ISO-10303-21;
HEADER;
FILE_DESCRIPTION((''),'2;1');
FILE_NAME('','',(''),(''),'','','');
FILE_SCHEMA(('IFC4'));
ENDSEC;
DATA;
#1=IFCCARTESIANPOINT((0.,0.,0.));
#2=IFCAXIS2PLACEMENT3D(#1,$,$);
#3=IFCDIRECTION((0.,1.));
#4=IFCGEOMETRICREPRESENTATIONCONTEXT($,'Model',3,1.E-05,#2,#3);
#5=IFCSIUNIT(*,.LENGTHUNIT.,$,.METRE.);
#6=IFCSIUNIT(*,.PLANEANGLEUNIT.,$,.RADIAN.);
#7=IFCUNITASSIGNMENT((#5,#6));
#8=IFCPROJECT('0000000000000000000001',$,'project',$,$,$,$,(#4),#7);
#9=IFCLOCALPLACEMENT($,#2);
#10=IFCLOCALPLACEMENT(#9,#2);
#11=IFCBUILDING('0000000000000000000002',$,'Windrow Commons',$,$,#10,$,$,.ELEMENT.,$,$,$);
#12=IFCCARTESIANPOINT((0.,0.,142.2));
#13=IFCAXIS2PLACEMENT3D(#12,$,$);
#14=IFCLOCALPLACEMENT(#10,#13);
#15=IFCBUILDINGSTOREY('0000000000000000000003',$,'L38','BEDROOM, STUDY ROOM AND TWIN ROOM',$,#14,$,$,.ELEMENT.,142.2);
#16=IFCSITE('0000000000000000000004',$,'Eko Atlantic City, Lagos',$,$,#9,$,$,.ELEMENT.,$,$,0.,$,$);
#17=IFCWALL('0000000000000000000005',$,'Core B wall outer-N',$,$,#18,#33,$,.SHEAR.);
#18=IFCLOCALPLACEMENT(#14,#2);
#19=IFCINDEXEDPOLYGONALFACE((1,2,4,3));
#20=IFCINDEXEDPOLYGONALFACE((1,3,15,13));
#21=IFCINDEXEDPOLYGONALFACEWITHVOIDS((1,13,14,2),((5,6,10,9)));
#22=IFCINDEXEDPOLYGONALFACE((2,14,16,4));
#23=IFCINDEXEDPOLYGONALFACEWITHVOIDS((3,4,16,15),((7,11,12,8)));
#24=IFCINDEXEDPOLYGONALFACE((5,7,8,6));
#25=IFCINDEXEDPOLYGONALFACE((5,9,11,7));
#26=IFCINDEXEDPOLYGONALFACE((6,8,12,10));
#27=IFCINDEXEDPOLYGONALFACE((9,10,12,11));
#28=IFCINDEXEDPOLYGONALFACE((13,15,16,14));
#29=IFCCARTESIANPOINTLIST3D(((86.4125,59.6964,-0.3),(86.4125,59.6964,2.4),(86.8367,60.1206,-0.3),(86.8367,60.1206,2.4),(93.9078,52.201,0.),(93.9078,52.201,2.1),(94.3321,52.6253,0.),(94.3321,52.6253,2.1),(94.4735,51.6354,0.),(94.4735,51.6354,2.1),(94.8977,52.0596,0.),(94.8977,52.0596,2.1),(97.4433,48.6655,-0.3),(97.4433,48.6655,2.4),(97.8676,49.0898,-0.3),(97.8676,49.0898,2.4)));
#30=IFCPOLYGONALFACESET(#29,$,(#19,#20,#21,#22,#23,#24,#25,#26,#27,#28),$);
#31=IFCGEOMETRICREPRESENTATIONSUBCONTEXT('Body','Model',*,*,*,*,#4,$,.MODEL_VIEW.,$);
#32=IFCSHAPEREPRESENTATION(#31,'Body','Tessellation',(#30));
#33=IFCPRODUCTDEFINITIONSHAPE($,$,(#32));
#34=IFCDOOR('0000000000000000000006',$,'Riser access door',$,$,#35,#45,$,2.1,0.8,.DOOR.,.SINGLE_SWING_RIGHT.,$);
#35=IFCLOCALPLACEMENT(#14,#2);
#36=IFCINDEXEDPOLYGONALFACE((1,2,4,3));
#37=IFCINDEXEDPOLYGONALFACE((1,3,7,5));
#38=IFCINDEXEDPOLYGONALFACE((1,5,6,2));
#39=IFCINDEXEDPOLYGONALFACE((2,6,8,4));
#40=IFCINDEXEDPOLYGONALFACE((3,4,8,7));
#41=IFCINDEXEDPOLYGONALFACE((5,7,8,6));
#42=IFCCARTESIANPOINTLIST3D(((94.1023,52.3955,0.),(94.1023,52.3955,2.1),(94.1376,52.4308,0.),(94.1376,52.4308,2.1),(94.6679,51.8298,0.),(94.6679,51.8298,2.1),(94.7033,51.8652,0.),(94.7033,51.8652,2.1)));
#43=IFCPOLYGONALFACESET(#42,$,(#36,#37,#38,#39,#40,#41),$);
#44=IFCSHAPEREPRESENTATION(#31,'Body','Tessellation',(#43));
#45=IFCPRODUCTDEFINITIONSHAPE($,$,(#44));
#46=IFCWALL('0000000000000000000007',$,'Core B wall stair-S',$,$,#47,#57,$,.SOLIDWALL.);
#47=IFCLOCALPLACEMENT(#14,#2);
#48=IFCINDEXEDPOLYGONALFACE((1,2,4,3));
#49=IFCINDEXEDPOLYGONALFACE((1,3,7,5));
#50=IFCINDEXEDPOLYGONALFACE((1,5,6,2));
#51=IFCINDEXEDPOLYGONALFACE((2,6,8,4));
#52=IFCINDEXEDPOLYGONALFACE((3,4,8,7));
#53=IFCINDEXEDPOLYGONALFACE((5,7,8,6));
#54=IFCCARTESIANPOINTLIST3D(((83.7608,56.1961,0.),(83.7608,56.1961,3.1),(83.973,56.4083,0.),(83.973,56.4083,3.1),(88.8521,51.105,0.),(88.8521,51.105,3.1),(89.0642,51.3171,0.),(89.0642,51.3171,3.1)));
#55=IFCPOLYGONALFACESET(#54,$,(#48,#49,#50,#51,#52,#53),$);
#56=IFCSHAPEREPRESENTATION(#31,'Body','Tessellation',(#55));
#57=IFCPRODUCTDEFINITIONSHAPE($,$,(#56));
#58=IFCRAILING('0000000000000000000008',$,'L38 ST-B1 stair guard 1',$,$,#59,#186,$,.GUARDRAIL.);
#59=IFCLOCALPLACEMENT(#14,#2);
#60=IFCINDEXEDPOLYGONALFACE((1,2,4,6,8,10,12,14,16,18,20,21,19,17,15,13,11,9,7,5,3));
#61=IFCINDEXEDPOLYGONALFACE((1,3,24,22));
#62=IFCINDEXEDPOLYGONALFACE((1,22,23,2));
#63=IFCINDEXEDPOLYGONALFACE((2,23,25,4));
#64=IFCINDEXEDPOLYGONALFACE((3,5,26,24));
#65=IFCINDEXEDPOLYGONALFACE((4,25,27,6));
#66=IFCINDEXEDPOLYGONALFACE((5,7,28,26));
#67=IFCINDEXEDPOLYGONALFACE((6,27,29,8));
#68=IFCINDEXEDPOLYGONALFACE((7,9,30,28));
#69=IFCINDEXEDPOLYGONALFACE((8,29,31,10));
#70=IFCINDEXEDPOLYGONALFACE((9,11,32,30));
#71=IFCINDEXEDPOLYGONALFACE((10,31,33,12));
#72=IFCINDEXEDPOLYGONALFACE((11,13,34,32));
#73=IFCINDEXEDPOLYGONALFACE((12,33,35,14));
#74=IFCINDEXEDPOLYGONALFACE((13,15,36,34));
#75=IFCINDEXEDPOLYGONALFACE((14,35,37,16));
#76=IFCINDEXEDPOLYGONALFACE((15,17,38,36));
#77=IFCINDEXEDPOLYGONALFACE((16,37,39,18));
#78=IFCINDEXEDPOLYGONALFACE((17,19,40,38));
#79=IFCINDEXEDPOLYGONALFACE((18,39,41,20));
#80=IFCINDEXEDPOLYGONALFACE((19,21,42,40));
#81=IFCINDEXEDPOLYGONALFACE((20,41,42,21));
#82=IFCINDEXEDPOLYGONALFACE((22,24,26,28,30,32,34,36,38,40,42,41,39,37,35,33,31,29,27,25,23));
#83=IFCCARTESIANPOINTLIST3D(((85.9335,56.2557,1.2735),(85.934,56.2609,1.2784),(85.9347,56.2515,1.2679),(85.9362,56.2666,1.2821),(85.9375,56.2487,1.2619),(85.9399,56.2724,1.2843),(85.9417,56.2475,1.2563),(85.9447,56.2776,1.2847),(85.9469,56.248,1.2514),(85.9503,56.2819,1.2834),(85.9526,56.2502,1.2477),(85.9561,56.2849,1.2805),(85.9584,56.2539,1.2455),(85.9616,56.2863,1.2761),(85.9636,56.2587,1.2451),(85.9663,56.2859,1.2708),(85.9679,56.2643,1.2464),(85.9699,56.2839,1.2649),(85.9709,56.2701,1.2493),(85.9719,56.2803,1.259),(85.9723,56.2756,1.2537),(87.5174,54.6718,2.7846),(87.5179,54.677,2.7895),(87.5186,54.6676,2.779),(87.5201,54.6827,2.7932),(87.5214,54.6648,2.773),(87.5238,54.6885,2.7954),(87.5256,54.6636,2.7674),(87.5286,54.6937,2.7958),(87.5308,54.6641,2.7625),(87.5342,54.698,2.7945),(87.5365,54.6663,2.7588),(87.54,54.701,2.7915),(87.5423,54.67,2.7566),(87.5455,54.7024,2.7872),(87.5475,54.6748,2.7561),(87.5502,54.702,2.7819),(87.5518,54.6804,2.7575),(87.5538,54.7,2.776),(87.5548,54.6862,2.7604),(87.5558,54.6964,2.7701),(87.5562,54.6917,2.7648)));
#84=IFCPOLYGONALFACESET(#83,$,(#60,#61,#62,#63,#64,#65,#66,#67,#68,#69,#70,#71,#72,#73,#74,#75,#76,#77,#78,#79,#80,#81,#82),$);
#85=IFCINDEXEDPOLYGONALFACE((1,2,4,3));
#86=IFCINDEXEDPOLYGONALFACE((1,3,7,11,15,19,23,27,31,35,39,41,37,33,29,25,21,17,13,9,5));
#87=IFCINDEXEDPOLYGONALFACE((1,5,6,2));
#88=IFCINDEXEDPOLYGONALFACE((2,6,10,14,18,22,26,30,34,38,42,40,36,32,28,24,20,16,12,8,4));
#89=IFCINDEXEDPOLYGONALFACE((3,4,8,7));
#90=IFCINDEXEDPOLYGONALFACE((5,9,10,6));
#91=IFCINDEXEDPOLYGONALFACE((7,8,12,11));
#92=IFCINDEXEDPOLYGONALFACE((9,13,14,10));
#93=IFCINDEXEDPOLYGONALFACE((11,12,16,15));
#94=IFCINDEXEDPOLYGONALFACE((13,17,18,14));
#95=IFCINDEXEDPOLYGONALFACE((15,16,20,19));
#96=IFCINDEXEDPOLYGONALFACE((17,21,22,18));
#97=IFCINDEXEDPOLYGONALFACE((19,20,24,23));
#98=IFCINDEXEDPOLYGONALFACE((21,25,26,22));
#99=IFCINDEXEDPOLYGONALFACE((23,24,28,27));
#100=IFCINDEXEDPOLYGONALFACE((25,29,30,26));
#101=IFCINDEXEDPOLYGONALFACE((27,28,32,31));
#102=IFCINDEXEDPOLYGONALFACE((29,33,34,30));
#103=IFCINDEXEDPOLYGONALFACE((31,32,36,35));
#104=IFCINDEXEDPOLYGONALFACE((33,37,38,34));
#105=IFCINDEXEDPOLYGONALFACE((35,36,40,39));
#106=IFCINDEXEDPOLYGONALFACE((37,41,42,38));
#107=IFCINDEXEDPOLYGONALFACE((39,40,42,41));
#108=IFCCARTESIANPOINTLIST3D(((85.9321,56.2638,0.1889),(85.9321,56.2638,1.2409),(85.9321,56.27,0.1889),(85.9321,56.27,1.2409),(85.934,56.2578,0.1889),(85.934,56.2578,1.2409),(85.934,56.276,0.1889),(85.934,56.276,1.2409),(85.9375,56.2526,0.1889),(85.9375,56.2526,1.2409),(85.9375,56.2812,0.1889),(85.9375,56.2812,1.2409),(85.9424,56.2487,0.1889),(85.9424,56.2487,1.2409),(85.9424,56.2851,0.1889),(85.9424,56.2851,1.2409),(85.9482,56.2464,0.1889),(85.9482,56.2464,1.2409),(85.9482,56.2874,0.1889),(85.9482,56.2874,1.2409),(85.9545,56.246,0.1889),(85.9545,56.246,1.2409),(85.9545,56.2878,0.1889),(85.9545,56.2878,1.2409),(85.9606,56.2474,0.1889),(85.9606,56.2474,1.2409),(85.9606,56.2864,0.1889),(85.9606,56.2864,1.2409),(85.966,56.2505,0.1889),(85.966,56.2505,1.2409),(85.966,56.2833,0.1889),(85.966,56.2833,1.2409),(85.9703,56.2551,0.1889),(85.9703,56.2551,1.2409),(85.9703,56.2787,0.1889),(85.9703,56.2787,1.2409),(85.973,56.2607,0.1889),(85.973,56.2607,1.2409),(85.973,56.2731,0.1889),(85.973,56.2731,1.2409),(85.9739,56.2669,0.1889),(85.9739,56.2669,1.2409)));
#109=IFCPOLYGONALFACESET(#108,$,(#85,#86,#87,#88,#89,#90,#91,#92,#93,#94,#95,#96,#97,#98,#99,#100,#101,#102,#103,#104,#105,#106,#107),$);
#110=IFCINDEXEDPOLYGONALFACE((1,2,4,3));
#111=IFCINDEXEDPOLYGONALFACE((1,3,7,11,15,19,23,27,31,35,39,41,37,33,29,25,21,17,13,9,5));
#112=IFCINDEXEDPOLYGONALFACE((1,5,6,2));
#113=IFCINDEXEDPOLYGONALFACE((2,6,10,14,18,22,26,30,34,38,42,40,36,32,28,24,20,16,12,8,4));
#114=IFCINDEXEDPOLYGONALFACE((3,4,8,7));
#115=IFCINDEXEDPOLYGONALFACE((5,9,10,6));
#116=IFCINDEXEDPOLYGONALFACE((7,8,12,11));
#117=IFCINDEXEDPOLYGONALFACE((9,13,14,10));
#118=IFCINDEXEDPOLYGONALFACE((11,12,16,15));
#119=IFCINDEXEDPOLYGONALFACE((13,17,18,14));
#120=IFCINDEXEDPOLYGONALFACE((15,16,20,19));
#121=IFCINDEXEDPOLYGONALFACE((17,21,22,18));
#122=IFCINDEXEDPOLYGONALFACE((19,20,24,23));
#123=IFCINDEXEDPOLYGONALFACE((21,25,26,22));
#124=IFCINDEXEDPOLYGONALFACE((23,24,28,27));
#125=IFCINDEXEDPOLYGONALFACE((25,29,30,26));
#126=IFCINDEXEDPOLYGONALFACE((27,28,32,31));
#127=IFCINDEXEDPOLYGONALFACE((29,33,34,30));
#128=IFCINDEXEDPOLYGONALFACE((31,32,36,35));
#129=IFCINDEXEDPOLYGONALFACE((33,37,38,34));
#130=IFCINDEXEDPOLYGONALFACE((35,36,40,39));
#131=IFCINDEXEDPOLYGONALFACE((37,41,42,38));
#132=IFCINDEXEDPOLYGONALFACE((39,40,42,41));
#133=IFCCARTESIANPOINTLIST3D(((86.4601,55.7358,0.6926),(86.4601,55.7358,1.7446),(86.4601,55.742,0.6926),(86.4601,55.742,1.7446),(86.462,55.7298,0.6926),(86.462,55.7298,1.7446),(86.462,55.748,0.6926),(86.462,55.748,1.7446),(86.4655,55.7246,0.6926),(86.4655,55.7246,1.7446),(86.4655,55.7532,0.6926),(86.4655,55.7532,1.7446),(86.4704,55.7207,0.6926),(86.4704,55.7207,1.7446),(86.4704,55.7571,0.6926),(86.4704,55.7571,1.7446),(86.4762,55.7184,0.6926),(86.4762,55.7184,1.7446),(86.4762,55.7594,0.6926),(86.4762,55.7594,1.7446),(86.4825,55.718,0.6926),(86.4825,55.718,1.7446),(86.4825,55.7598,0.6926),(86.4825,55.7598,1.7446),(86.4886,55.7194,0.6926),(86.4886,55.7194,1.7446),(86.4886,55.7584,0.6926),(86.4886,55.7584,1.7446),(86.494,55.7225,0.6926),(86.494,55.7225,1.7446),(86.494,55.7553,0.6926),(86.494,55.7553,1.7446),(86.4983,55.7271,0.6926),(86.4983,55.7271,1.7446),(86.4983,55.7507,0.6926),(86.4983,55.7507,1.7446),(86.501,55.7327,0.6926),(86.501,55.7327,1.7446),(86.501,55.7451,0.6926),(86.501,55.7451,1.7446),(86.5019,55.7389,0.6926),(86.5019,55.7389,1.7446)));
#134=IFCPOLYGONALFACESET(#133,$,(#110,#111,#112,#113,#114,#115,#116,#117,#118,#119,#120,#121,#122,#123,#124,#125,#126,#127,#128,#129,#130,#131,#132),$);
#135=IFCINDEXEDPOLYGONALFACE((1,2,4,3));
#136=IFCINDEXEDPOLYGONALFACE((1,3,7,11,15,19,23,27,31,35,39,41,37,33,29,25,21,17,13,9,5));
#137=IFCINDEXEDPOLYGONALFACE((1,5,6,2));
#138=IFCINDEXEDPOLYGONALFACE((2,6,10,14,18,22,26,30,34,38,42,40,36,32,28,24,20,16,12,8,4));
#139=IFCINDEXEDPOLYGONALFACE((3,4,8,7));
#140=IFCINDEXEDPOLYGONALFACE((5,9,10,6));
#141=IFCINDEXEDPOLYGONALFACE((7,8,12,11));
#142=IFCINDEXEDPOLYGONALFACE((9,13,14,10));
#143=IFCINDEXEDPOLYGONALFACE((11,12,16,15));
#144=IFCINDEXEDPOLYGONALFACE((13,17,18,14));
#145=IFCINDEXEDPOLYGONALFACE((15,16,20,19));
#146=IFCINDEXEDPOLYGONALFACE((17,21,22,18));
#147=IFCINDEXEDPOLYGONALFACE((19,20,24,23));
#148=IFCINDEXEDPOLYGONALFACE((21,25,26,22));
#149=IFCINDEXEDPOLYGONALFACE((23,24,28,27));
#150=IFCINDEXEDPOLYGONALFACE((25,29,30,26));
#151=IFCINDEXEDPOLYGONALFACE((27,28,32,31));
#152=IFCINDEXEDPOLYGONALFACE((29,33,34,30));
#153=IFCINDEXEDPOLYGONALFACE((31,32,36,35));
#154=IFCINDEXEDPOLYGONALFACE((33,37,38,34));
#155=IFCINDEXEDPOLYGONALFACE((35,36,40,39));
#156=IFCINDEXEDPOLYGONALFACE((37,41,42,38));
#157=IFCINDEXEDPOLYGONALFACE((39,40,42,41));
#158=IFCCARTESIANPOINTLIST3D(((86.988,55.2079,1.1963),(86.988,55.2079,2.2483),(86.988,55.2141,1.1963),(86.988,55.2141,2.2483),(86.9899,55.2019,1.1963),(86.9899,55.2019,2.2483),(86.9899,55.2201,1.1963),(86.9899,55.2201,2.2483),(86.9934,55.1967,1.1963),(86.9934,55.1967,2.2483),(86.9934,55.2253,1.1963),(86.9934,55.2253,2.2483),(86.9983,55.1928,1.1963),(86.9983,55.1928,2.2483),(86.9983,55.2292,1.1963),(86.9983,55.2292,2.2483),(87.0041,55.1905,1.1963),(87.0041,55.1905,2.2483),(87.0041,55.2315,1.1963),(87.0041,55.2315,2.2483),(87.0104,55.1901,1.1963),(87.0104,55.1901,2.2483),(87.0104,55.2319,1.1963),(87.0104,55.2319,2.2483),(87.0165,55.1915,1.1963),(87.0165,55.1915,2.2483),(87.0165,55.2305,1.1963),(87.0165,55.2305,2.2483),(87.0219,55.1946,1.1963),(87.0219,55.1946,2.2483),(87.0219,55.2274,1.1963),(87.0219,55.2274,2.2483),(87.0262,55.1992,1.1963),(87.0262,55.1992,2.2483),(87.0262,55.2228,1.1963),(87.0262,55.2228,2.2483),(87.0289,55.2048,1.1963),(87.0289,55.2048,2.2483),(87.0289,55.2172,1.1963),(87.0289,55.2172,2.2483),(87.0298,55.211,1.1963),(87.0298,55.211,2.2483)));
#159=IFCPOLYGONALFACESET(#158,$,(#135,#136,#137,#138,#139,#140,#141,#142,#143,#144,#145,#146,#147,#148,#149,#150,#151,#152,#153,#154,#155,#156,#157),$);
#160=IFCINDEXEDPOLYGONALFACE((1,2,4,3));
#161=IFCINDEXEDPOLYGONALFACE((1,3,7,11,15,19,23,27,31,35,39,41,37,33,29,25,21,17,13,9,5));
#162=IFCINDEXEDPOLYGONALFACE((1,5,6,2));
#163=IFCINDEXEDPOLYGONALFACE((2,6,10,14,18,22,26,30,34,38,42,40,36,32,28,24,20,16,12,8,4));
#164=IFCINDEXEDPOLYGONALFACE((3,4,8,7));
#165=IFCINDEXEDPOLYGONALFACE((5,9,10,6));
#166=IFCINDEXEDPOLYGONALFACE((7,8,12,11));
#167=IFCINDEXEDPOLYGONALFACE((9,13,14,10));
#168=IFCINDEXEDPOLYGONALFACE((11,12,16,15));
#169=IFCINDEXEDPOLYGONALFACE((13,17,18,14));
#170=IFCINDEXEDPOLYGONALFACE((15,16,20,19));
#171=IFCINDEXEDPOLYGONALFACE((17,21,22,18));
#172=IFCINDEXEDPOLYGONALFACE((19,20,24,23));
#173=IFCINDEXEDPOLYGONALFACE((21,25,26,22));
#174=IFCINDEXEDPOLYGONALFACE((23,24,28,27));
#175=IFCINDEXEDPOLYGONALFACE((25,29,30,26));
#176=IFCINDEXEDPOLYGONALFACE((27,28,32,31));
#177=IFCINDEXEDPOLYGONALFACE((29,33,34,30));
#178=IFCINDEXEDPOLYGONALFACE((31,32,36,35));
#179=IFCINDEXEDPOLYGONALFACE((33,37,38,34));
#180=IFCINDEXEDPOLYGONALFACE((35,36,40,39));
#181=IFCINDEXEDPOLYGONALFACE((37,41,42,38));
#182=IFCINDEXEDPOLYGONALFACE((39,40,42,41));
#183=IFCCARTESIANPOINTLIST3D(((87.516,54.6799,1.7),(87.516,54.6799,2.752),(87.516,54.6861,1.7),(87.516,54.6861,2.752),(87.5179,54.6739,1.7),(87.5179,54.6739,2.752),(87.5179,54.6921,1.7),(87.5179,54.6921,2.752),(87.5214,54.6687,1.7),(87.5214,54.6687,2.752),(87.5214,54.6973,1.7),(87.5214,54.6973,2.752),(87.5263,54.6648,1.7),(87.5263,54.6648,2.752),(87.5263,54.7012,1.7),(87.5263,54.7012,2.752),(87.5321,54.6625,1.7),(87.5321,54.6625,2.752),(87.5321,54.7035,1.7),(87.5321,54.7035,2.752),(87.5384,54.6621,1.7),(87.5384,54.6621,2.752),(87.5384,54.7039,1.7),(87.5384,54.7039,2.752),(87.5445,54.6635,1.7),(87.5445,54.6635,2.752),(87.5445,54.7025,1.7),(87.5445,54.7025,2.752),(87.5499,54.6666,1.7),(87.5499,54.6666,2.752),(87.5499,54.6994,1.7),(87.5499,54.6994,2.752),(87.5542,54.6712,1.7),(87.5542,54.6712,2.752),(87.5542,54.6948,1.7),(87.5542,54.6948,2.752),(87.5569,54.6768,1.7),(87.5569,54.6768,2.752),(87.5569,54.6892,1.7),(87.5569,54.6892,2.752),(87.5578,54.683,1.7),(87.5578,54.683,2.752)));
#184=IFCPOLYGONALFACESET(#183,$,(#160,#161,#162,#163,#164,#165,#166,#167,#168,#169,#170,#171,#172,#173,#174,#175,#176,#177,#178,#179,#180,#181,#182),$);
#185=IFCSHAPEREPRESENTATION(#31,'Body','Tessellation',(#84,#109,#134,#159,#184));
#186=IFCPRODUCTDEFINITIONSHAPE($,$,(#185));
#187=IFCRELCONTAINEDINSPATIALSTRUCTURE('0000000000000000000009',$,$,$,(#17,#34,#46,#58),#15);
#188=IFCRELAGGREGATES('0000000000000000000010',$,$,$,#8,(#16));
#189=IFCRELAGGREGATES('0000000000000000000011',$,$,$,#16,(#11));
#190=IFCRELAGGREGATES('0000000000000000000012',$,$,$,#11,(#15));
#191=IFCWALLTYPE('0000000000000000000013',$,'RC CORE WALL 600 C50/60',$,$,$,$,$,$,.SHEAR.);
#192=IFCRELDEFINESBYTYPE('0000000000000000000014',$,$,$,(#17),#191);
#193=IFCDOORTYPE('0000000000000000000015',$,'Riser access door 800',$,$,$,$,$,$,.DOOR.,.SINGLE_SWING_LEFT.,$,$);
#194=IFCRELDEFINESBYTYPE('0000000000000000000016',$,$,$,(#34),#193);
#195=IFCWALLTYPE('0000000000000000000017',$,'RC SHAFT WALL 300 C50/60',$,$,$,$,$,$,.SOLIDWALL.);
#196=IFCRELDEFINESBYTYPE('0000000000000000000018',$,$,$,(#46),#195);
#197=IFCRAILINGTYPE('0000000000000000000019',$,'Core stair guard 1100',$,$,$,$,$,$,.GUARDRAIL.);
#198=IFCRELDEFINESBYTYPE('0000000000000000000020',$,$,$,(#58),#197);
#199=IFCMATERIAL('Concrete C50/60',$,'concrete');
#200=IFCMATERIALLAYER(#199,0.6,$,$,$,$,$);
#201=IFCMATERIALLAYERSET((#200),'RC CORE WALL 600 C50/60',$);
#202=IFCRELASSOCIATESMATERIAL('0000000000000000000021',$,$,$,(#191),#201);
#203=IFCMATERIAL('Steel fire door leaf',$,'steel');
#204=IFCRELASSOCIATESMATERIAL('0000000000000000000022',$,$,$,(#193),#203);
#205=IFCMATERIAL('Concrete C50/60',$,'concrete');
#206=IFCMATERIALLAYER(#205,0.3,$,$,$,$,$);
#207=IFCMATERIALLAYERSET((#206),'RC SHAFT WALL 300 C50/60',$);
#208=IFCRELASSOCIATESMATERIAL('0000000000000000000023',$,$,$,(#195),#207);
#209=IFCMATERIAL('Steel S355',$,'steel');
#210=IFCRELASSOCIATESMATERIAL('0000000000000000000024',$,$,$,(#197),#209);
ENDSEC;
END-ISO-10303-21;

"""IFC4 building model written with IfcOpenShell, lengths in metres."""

from ifc_helpers import new_model, si_unit, direction, frame, frame_2d, origin, origin_2d, place, context, subcontext, project, spatial, rectangle, circle, extrude, material, layer, layer_set, type_object, element, fill, save


model = new_model("IFC4")

# Units and contexts
model_context = context("Model", 3, precision=1e-05, world=origin(), true_north=direction((0.0, 1.0)))
body_context = subcontext(model_context, "Body", "Model", "MODEL_VIEW")
ifc_project = project(units=[si_unit("LENGTHUNIT", "METRE"), si_unit("PLANEANGLEUNIT", "RADIAN")], contexts=[model_context])

# Site, building, storey
site_placement = place(None, origin())
site = spatial("IfcSite", under=ifc_project, at=site_placement, Name="Eko Atlantic City, Lagos", CompositionType="ELEMENT", RefElevation=0.0)
building_placement = place(site_placement, origin())
building = spatial("IfcBuilding", under=site, at=building_placement, Name="Windrow Commons", CompositionType="ELEMENT")
storey_placement = place(building_placement, frame((0.0, 0.0, 142.2)))
storey = spatial("IfcBuildingStorey", under=building, at=storey_placement, Name="L38", Description="BEDROOM, STUDY ROOM AND TWIN ROOM", CompositionType="ELEMENT", Elevation=142.2)

# Wall, opening, door
ifc_material_1 = material(Name="Concrete C50/60", Category="concrete")
ifc_layer_1 = layer(ifc_material_1, 0.6)
ifc_layer_set_1 = layer_set([ifc_layer_1], Name="RC CORE WALL 600 C50/60")
wall_type_1 = type_object("IfcWallType", Name="RC CORE WALL 600 C50/60", PredefinedType="SHEAR", material=ifc_layer_set_1)
wall_1_placement = place(storey_placement, frame((86.6246, 59.9085, -0.3), z_axis=(0.0, 0.0, 1.0), x_axis=(0.707107, -0.707107, 0.0)))
wall_1 = element("IfcWall", 1, at=wall_1_placement, inside=storey, type_object=wall_type_1, Name="Core B wall outer-N", PredefinedType="SHEAR", context=body_context, shape_type="SweptSolid", body=[
    extrude(rectangle(XDim=15.6, YDim=0.6, at=frame_2d((7.8, 0.0))), origin(), (0.0, 0.0, 1.0), 2.7),
])
opening_1_placement = place(wall_1_placement, frame((10.6, 0.0, 0.3)))
opening_1 = element("IfcOpeningElement", 2, at=opening_1_placement, cuts=wall_1, PredefinedType="OPENING", context=body_context, shape_type="SweptSolid", body=[
    extrude(rectangle(XDim=0.8, YDim=2.1, at=frame_2d((0.4, 1.05))), frame((0.0, 0.31, 0.0), z_axis=(0.0, -1.0, 0.0), x_axis=(1.0, 0.0, 0.0)), (0.0, 0.0, 1.0), 0.62),
])
ifc_material_2 = material(Name="Steel fire door leaf", Category="steel")
door_type = type_object("IfcDoorType", Name="Riser access door 800", OperationType="SINGLE_SWING_LEFT", PredefinedType="DOOR", material=ifc_material_2)
door_placement = place(opening_1_placement, origin())
door = element("IfcDoor", 3, at=door_placement, inside=storey, type_object=door_type, Name="Riser access door", OperationType="SINGLE_SWING_RIGHT", OverallHeight=2.1, OverallWidth=0.8, PredefinedType="DOOR", context=body_context, shape_type="SweptSolid", body=[
    extrude(rectangle(XDim=0.8, YDim=2.1, at=frame_2d((0.4, 1.05))), frame((0.0, 0.025, 0.0), z_axis=(0.0, -1.0, 0.0), x_axis=(1.0, 0.0, 0.0)), (0.0, 0.0, 1.0), 0.05),
])
fill(opening_1, door)

# Wall
ifc_material_3 = material(Name="Concrete C50/60", Category="concrete")
ifc_layer_2 = layer(ifc_material_3, 0.3)
ifc_layer_set_2 = layer_set([ifc_layer_2], Name="RC SHAFT WALL 300 C50/60")
wall_type_2 = type_object("IfcWallType", Name="RC SHAFT WALL 300 C50/60", PredefinedType="SOLIDWALL", material=ifc_layer_set_2)
wall_2_placement = place(storey_placement, frame((83.8669, 56.3022, 0.0), z_axis=(0.0, 0.0, 1.0), x_axis=(0.707114, -0.7071, 0.0)))
element("IfcWall", 4, at=wall_2_placement, inside=storey, type_object=wall_type_2, Name="Core B wall stair-S", PredefinedType="SOLIDWALL", context=body_context, shape_type="SweptSolid", body=[
    extrude(rectangle(XDim=7.2, YDim=0.3, at=frame_2d((3.6, 0.0))), origin(), (0.0, 0.0, 1.0), 3.1),
])

# Railing
ifc_material_4 = material(Name="Steel S355", Category="steel")
railing_type_1 = type_object("IfcRailingType", Name="Core stair guard 1100", PredefinedType="GUARDRAIL", material=ifc_material_4)
railing_1_placement = place(storey_placement, frame((85.9529, 56.2669, 0.1889)))
element("IfcRailing", 5, at=railing_1_placement, inside=storey, type_object=railing_type_1, Name="L38 ST-B1 stair guard 1", PredefinedType="GUARDRAIL", context=body_context, shape_type="SweptSolid", body=[
    extrude(circle(Radius=0.024, at=origin_2d()), frame((0.0, 0.0, 1.076), z_axis=(0.586191, -0.586191, 0.559249), x_axis=(0.707107, 0.707107, 0.0)), (0.0, 0.0, 1.0), 2.702),
    extrude(circle(Radius=0.021, at=origin_2d()), origin(), (0.0, 0.0, 1.0), 1.052),
    extrude(circle(Radius=0.021, at=origin_2d()), frame((0.528, -0.528, 0.5037)), (0.0, 0.0, 1.0), 1.052),
    extrude(circle(Radius=0.021, at=origin_2d()), frame((1.0559, -1.0559, 1.0074)), (0.0, 0.0, 1.0), 1.052),
    extrude(circle(Radius=0.021, at=origin_2d()), frame((1.5839, -1.5839, 1.5111)), (0.0, 0.0, 1.0), 1.052),
])

save(model, "model.ifc")
